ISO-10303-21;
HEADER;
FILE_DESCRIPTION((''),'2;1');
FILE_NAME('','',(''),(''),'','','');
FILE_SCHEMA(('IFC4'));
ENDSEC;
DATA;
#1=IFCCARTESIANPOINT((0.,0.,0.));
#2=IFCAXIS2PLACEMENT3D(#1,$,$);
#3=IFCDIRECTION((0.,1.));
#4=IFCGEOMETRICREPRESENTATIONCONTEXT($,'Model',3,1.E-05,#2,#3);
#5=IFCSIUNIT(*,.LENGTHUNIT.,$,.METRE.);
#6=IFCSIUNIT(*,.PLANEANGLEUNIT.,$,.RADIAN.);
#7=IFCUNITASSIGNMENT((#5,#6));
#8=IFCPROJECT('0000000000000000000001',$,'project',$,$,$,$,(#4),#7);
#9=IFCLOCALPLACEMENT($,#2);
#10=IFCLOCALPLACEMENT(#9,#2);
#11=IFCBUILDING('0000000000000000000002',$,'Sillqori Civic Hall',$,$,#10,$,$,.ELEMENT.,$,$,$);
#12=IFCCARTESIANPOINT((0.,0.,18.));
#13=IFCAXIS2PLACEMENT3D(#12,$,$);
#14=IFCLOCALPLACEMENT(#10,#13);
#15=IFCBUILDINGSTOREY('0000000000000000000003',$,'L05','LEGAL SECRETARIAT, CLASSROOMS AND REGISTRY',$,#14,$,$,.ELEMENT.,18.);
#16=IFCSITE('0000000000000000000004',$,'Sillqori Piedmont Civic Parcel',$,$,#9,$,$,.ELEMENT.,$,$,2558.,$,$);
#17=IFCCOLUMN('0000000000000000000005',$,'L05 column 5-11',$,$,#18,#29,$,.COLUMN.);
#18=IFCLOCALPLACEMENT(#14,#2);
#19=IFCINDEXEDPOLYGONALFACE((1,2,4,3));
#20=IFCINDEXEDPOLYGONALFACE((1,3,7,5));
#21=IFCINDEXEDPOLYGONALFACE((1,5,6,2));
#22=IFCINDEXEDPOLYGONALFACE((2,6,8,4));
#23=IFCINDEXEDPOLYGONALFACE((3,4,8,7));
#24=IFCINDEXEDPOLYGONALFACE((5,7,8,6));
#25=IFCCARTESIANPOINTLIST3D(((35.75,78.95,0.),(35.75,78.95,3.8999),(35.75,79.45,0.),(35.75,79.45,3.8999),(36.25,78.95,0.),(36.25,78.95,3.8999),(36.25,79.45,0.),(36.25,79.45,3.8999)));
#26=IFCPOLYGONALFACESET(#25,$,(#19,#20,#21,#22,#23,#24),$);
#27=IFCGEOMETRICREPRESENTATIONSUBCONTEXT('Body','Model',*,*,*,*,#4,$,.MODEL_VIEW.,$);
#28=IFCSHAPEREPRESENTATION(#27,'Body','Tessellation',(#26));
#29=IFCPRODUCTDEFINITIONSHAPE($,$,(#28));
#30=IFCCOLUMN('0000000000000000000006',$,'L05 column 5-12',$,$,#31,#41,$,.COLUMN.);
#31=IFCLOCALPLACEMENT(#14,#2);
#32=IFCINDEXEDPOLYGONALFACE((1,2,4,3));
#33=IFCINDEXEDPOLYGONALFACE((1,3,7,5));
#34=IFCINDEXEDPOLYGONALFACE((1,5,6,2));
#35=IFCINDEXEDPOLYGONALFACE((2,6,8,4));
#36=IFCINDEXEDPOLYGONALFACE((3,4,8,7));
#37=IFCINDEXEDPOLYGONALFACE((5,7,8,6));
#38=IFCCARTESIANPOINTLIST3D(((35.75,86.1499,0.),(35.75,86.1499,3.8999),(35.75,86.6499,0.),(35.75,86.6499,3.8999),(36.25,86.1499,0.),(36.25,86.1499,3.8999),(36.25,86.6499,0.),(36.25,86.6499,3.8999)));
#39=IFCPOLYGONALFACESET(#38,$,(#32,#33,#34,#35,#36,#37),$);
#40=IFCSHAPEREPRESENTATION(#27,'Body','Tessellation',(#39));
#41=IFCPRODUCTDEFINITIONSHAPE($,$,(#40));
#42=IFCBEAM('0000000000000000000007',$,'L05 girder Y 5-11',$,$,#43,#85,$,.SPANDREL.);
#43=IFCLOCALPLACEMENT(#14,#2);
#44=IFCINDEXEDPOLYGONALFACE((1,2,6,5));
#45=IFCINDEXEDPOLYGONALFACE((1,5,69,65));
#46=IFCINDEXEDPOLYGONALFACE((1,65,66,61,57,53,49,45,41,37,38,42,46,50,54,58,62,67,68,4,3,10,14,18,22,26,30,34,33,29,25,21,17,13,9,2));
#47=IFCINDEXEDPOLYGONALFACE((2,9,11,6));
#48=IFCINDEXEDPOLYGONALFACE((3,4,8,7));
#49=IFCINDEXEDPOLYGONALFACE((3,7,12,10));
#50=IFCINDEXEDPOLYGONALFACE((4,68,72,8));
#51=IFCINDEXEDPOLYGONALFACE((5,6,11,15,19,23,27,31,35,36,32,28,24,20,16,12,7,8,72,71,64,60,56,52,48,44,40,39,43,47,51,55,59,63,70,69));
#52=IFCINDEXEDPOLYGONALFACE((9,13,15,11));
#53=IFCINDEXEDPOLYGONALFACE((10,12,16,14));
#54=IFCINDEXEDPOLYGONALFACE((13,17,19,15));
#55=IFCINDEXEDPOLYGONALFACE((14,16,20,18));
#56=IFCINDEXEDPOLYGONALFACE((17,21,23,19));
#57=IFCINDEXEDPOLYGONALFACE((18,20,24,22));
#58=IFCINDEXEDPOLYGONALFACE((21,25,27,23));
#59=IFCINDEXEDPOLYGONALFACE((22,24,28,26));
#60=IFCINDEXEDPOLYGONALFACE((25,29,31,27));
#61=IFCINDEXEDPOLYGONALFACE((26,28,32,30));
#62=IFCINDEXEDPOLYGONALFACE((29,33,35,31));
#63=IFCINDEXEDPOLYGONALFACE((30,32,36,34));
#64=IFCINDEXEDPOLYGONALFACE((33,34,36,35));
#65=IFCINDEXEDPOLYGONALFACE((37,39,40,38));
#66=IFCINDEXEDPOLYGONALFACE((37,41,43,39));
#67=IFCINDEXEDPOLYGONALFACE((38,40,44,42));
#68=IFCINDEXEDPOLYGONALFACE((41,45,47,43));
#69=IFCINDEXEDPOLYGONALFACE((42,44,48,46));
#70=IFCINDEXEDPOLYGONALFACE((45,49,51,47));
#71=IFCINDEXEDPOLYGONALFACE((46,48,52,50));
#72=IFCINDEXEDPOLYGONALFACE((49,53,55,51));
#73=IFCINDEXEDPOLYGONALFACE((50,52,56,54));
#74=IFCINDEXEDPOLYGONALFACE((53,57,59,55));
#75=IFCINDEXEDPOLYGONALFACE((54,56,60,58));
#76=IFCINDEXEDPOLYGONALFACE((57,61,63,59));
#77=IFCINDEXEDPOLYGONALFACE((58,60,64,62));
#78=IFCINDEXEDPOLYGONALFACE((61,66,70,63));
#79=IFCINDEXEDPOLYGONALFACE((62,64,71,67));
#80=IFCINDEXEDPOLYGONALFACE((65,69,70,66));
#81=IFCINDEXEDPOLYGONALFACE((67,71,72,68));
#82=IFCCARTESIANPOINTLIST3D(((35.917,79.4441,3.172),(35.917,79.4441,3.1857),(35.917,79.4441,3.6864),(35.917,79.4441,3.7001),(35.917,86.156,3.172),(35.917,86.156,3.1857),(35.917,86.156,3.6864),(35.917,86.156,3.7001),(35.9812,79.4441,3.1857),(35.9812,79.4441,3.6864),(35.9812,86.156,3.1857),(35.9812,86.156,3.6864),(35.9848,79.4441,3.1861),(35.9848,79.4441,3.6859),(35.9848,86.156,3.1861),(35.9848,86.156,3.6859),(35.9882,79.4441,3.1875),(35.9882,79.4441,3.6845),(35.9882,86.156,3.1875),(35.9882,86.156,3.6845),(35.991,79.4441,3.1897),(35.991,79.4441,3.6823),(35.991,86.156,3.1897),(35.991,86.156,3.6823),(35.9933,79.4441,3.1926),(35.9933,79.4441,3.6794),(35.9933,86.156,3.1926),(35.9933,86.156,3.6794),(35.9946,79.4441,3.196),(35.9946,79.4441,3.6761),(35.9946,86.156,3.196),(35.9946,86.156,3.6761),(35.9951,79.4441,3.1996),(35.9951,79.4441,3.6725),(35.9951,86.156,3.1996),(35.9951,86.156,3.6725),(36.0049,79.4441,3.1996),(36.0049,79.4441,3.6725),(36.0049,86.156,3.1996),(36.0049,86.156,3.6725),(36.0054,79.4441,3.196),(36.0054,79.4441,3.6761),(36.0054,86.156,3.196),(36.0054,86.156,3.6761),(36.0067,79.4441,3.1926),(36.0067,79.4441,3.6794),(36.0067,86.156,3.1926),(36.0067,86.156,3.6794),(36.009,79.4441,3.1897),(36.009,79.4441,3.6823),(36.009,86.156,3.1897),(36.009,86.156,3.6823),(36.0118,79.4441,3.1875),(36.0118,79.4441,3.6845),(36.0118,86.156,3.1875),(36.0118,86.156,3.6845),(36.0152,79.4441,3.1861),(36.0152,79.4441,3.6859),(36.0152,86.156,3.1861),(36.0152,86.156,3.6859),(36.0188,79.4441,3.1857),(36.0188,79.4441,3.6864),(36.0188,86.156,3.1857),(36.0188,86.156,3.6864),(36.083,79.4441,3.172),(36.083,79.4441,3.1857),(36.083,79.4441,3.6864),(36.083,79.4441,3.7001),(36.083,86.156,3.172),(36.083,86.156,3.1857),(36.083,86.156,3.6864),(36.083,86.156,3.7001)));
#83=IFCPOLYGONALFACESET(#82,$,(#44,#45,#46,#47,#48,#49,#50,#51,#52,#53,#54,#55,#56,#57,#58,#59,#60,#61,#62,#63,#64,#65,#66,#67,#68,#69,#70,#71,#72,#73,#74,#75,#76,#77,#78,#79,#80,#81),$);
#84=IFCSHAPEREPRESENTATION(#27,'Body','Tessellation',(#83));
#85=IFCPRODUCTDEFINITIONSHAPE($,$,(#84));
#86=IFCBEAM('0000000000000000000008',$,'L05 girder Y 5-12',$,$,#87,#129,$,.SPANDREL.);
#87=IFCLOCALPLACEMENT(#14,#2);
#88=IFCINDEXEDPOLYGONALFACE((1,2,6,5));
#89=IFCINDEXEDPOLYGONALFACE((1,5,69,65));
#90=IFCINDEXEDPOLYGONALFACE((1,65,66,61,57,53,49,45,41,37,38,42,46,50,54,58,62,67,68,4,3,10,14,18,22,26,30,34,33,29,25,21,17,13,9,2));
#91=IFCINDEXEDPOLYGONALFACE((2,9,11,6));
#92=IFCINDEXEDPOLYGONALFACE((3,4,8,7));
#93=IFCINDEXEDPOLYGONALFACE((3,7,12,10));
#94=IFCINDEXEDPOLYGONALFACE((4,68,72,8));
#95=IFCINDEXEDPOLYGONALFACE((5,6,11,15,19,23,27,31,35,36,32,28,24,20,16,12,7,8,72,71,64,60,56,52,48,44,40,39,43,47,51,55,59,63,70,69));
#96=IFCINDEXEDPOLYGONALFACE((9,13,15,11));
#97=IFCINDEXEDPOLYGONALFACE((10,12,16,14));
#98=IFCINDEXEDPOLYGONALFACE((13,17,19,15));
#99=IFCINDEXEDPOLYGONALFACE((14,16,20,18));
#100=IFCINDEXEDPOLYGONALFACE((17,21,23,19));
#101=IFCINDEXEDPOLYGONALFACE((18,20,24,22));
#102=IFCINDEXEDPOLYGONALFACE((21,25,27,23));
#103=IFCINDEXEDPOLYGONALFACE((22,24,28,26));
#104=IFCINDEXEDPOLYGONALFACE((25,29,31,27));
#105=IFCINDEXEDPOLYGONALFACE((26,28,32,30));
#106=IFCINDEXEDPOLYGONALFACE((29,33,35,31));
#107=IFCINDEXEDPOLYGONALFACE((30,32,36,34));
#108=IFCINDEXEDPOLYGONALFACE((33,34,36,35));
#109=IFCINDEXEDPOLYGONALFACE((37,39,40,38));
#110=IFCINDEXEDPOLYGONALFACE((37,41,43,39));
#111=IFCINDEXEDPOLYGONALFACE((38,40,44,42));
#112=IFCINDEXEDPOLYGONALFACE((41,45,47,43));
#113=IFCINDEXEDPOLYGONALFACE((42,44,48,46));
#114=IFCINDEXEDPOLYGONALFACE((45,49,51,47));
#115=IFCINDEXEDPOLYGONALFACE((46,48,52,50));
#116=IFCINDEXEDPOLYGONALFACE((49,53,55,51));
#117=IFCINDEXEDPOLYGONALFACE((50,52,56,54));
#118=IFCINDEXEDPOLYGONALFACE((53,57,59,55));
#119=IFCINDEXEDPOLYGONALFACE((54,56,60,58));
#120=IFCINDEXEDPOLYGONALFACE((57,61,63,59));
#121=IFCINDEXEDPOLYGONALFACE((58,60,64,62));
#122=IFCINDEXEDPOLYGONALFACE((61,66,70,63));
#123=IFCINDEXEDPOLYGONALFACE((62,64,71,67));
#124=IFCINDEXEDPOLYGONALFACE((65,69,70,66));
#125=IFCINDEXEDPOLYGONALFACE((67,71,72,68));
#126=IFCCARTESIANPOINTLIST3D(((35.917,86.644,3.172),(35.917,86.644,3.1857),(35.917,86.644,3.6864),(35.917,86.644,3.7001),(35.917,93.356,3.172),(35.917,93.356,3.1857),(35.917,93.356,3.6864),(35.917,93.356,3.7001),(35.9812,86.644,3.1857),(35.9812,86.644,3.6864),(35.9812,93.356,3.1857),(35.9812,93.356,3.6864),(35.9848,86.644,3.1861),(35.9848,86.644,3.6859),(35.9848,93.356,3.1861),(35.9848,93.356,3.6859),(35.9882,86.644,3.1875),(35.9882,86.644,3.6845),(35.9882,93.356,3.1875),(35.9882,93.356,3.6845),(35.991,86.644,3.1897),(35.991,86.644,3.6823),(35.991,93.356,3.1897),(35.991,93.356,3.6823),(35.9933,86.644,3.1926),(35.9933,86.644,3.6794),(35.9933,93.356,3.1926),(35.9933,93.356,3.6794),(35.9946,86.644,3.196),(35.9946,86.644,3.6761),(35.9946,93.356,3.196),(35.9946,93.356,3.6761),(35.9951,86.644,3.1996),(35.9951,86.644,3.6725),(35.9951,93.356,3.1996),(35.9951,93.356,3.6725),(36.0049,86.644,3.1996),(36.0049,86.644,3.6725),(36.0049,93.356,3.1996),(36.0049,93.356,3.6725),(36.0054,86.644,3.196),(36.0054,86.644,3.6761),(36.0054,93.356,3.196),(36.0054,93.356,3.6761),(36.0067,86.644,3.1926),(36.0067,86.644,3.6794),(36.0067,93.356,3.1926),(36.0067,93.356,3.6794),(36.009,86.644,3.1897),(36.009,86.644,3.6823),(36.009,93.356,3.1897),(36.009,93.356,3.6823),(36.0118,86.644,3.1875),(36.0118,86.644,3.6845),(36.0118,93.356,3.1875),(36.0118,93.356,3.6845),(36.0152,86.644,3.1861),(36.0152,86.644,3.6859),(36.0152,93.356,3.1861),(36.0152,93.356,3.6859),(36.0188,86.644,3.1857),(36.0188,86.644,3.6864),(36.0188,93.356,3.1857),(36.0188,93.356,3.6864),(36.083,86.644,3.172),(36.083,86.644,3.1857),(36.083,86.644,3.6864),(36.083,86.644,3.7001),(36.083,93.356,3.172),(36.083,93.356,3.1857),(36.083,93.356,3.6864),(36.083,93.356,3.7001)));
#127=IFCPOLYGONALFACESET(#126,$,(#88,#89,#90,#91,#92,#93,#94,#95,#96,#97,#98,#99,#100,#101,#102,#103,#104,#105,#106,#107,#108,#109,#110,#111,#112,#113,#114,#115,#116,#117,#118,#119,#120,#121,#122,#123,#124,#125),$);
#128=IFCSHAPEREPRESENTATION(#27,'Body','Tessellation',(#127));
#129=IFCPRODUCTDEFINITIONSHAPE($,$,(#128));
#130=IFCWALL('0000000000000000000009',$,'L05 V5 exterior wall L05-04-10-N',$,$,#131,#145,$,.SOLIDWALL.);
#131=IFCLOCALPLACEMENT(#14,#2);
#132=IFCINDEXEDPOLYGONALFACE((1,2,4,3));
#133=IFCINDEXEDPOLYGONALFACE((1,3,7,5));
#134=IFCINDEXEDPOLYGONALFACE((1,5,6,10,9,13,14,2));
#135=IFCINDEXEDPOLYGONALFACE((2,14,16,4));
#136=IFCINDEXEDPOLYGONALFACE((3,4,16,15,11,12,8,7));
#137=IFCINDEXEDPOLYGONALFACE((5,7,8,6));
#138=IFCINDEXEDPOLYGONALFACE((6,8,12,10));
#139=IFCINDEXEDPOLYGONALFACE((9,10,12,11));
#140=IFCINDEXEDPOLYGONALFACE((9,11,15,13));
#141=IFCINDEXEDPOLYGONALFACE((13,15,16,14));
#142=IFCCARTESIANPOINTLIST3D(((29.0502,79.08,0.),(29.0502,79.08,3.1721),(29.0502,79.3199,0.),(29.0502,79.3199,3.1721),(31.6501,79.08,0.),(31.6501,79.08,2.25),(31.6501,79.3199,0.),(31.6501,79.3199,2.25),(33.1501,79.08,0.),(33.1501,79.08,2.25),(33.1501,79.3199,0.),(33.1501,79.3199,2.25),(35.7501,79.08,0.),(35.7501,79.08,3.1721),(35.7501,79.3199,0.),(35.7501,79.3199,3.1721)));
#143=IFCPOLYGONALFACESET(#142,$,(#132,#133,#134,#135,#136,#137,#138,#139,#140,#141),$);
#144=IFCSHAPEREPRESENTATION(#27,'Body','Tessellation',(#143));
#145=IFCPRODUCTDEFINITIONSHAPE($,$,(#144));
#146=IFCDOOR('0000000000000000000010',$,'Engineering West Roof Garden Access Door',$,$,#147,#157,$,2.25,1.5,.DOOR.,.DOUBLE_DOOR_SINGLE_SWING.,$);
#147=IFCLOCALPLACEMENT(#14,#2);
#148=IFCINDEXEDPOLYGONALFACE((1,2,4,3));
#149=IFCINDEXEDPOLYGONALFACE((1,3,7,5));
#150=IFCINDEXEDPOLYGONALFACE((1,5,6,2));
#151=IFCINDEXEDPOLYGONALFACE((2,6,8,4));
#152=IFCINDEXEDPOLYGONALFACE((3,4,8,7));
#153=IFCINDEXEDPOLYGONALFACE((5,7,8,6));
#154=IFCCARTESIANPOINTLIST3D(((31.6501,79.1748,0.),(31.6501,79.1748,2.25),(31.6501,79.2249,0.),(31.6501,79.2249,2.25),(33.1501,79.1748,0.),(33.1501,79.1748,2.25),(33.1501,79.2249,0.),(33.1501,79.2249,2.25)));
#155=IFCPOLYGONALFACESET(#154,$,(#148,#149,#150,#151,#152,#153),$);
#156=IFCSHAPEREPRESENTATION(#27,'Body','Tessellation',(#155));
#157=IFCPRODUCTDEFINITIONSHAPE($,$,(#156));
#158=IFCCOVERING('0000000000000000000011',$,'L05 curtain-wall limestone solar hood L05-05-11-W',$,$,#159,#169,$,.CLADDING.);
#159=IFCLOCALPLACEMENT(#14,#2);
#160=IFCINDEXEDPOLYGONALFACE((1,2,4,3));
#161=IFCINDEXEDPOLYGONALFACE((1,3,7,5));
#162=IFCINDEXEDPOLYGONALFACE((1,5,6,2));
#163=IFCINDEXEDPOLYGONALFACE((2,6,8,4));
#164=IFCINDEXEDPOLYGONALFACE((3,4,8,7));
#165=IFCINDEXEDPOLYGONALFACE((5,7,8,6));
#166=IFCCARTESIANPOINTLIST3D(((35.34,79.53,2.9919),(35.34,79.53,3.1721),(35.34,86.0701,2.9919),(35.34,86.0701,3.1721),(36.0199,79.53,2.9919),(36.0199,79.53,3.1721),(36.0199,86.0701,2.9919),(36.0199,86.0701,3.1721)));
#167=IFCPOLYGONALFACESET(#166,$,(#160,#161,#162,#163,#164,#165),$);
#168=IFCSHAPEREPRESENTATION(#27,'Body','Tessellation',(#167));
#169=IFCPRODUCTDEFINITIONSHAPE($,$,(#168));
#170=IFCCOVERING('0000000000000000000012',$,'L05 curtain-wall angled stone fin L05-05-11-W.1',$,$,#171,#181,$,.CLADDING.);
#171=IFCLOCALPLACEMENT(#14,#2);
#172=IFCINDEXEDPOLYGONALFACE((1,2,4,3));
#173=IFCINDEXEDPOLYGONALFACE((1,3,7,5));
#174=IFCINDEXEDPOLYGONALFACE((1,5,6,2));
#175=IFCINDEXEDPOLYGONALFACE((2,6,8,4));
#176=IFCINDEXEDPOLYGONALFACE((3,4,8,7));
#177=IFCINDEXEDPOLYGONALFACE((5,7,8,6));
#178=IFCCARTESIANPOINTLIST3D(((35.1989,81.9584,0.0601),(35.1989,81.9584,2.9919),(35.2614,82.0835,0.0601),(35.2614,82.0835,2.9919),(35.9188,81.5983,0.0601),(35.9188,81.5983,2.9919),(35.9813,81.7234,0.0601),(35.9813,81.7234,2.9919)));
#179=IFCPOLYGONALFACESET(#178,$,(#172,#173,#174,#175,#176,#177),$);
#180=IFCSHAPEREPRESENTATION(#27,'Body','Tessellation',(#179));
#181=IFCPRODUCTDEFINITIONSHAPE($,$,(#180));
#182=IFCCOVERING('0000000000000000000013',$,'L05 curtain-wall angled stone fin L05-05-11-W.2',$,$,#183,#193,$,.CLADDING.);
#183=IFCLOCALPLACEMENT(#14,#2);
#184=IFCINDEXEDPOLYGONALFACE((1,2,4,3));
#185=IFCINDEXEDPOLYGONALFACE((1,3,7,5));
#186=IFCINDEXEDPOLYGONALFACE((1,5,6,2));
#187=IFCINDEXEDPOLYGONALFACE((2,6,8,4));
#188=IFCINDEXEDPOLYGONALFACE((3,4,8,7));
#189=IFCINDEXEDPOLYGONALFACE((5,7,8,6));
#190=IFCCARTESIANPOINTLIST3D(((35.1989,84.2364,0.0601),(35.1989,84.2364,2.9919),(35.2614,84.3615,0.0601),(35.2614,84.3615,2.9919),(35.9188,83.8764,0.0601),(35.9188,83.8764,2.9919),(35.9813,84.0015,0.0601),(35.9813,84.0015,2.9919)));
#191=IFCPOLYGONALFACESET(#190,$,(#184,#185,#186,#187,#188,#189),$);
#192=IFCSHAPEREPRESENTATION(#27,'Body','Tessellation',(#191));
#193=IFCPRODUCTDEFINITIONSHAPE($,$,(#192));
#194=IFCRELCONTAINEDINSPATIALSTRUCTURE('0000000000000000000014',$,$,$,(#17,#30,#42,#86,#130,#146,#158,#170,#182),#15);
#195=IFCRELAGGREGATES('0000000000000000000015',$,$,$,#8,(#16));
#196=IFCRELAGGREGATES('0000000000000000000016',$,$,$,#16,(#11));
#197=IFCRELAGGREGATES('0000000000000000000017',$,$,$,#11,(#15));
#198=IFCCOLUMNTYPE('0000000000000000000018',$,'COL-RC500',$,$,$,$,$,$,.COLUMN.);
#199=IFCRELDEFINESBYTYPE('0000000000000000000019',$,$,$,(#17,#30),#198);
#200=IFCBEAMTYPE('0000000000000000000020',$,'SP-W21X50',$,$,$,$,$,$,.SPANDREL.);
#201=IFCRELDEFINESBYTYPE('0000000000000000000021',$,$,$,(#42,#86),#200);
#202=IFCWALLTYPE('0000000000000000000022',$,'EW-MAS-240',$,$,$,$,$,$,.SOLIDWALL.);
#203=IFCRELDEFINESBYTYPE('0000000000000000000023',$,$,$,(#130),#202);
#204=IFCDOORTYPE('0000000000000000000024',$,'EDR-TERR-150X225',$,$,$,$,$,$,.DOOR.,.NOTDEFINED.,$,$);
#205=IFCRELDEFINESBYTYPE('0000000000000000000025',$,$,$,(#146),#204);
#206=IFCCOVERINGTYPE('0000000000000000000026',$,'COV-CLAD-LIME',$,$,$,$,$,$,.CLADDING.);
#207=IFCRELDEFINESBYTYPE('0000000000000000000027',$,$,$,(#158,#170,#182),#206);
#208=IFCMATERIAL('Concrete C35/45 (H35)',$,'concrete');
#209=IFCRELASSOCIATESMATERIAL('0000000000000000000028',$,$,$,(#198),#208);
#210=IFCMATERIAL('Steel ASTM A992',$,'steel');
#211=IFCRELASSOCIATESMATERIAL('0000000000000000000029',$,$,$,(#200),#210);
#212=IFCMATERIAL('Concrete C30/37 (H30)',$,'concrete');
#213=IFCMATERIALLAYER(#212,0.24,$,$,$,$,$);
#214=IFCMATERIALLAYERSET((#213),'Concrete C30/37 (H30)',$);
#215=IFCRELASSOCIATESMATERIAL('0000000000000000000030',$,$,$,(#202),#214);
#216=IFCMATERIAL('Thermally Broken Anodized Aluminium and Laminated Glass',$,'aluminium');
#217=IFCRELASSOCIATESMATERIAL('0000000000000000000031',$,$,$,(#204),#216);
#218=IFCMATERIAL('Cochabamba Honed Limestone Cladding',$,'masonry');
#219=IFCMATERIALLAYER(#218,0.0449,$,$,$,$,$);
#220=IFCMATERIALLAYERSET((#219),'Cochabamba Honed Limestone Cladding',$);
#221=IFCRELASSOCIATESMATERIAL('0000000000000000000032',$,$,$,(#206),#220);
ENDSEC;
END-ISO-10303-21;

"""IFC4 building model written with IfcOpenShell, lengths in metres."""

from ifc_helpers import new_model, si_unit, direction, frame, frame_2d, origin, origin_2d, place, context, subcontext, project, spatial, rectangle, i_section, extrude, material, layer, layer_set, material_profile, profile_set, type_object, element, fill, save


model = new_model("IFC4")

# Units and contexts
model_context = context("Model", 3, precision=1e-05, world=origin(), true_north=direction((0.0, 1.0)))
body_context = subcontext(model_context, "Body", "Model", "MODEL_VIEW")
ifc_project = project(units=[si_unit("LENGTHUNIT", "METRE"), si_unit("PLANEANGLEUNIT", "RADIAN")], contexts=[model_context])

# Site, building, storey
site_placement = place(None, origin())
site = spatial("IfcSite", under=ifc_project, at=site_placement, Name="Sillqori Piedmont Civic Parcel", CompositionType="ELEMENT", RefElevation=2558.0)
building_placement = place(site_placement, origin())
building = spatial("IfcBuilding", under=site, at=building_placement, Name="Sillqori Civic Hall", CompositionType="ELEMENT")
storey_placement = place(building_placement, frame((0.0, 0.0, 18.0)))
storey = spatial("IfcBuildingStorey", under=building, at=storey_placement, Name="L05", Description="LEGAL SECRETARIAT, CLASSROOMS AND REGISTRY", CompositionType="ELEMENT", Elevation=18.0)

# Columns
ifc_material_1 = material(Name="Concrete C35/45 (H35)", Category="concrete")
ifc_material_profile_1 = material_profile(ifc_material_1, rectangle(XDim=0.5, YDim=0.5, at=origin_2d()), Name="RC 500x500")
ifc_profile_set_1 = profile_set([ifc_material_profile_1], Name="Concrete C35/45 (H35)")
column_type = type_object("IfcColumnType", Name="COL-RC500", PredefinedType="COLUMN", material=ifc_profile_set_1)
for number, where, z_axis, x_axis, name in (
    (1, (36.0, 79.2, 0.0), (0.0, 0.0, 1.0), (1.0, 0.0, 0.0), "L05 column 5-11"),
    (2, (36.0, 86.3999, 0.0), (0.0, 0.0, 1.0), (1.0, 0.0, 0.0), "L05 column 5-12"),
):
    element("IfcColumn", number, at=place(storey_placement, frame(where, z_axis=z_axis, x_axis=x_axis)), inside=storey, type_object=column_type, Name=name, PredefinedType="COLUMN", context=body_context, shape_type="SweptSolid", body=[
        extrude(rectangle(XDim=0.5, YDim=0.5, at=origin_2d()), origin(), (0.0, 0.0, 1.0), 3.8999),
    ])

# Beams
ifc_material_2 = material(Name="Steel ASTM A992", Category="steel")
ifc_material_profile_2 = material_profile(ifc_material_2, i_section(OverallWidth=0.166, OverallDepth=0.5281, WebThickness=0.0098, FlangeThickness=0.0137, FilletRadius=0.0139, at=origin_2d()), Name="W21X50")
ifc_profile_set_2 = profile_set([ifc_material_profile_2], Name="Steel ASTM A992")
beam_type = type_object("IfcBeamType", Name="SP-W21X50", PredefinedType="SPANDREL", material=ifc_profile_set_2)
for number, where, z_axis, x_axis, name in (
    (3, (36.0, 79.4441, 3.436), (0.0, 1.0, 0.0), (-1.0, 0.0, 0.0), "L05 girder Y 5-11"),
    (4, (36.0, 86.644, 3.436), (0.0, 1.0, 0.0), (-1.0, 0.0, 0.0), "L05 girder Y 5-12"),
):
    element("IfcBeam", number, at=place(storey_placement, frame(where, z_axis=z_axis, x_axis=x_axis)), inside=storey, type_object=beam_type, Name=name, PredefinedType="SPANDREL", context=body_context, shape_type="SweptSolid", body=[
        extrude(i_section(OverallWidth=0.166, OverallDepth=0.5281, WebThickness=0.0098, FlangeThickness=0.0137, FilletRadius=0.0139, at=origin_2d()), origin(), (0.0, 0.0, 1.0), 6.7119),
    ])

# Wall, opening, door
ifc_material_3 = material(Name="Concrete C30/37 (H30)", Category="concrete")
ifc_layer_1 = layer(ifc_material_3, 0.24)
ifc_layer_set_1 = layer_set([ifc_layer_1], Name="Concrete C30/37 (H30)")
wall_type = type_object("IfcWallType", Name="EW-MAS-240", PredefinedType="SOLIDWALL", material=ifc_layer_set_1)
wall_placement = place(storey_placement, frame((29.05, 79.2, 0.0), z_axis=(0.0, 0.0, 1.0), x_axis=(1.0, 0.0, 0.0)))
wall = element("IfcWall", 5, at=wall_placement, inside=storey, type_object=wall_type, Name="L05 V5 exterior wall L05-04-10-N", PredefinedType="SOLIDWALL", context=body_context, shape_type="SweptSolid", body=[
    extrude(rectangle(XDim=6.7, YDim=0.24, at=frame_2d((3.3501, 0.0))), origin(), (0.0, 0.0, 1.0), 3.1721),
])
opening_placement = place(wall_placement, frame((2.6001, 0.0, 0.0)))
opening = element("IfcOpeningElement", 6, at=opening_placement, cuts=wall, PredefinedType="OPENING", context=body_context, shape_type="SweptSolid", body=[
    extrude(rectangle(XDim=1.5, YDim=2.25, at=frame_2d((0.75, 1.125))), frame((0.0, 0.1299, 0.0), z_axis=(0.0, -1.0, 0.0), x_axis=(1.0, 0.0, 0.0)), (0.0, 0.0, 1.0), 0.26),
])
ifc_material_4 = material(Name="Thermally Broken Anodized Aluminium and Laminated Glass", Category="aluminium")
door_type = type_object("IfcDoorType", Name="EDR-TERR-150X225", OperationType="NOTDEFINED", PredefinedType="DOOR", material=ifc_material_4)
door_placement = place(opening_placement, origin())
door = element("IfcDoor", 7, at=door_placement, inside=storey, type_object=door_type, Name="Engineering West Roof Garden Access Door", OperationType="DOUBLE_DOOR_SINGLE_SWING", OverallHeight=2.25, OverallWidth=1.5, PredefinedType="DOOR", context=body_context, shape_type="SweptSolid", body=[
    extrude(rectangle(XDim=1.5, YDim=2.25, at=frame_2d((0.75, 1.125))), frame((0.0, 0.0249, 0.0), z_axis=(0.0, -1.0, 0.0), x_axis=(1.0, 0.0, 0.0)), (0.0, 0.0, 1.0), 0.05),
])
fill(opening, door)

# Coverings
ifc_material_5 = material(Name="Cochabamba Honed Limestone Cladding", Category="masonry")
ifc_layer_2 = layer(ifc_material_5, 0.0449)
ifc_layer_set_2 = layer_set([ifc_layer_2], Name="Cochabamba Honed Limestone Cladding")
covering_type = type_object("IfcCoveringType", Name="COV-CLAD-LIME", PredefinedType="CLADDING", material=ifc_layer_set_2)
covering_1_placement = place(storey_placement, frame((35.6799, 79.53, 2.9919), z_axis=(0.0, 0.0, 1.0), x_axis=(0.0, 1.0, 0.0)))
element("IfcCovering", 8, at=covering_1_placement, inside=storey, type_object=covering_type, Name="L05 curtain-wall limestone solar hood L05-05-11-W", PredefinedType="CLADDING", context=body_context, shape_type="SweptSolid", body=[
    extrude(rectangle(XDim=6.54, YDim=0.6799, at=frame_2d((3.27, 0.0))), origin(), (0.0, 0.0, 1.0), 0.1802),
])
for number, where, z_axis, x_axis, name in (
    (9, (35.95, 81.6609, 0.0601), (0.0, 0.0, 1.0), (-0.894367, 0.447335, 0.0), "L05 curtain-wall angled stone fin L05-05-11-W.1"),
    (10, (35.95, 83.939, 0.0601), (0.0, 0.0, 1.0), (-0.894367, 0.447335, 0.0), "L05 curtain-wall angled stone fin L05-05-11-W.2"),
):
    element("IfcCovering", number, at=place(storey_placement, frame(where, z_axis=z_axis, x_axis=x_axis)), inside=storey, type_object=covering_type, Name=name, PredefinedType="CLADDING", context=body_context, shape_type="SweptSolid", body=[
        extrude(rectangle(XDim=0.8049, YDim=0.1399, at=frame_2d((0.4023, 0.0))), origin(), (0.0, 0.0, 1.0), 2.9319),
    ])

save(model, "model.ifc")
